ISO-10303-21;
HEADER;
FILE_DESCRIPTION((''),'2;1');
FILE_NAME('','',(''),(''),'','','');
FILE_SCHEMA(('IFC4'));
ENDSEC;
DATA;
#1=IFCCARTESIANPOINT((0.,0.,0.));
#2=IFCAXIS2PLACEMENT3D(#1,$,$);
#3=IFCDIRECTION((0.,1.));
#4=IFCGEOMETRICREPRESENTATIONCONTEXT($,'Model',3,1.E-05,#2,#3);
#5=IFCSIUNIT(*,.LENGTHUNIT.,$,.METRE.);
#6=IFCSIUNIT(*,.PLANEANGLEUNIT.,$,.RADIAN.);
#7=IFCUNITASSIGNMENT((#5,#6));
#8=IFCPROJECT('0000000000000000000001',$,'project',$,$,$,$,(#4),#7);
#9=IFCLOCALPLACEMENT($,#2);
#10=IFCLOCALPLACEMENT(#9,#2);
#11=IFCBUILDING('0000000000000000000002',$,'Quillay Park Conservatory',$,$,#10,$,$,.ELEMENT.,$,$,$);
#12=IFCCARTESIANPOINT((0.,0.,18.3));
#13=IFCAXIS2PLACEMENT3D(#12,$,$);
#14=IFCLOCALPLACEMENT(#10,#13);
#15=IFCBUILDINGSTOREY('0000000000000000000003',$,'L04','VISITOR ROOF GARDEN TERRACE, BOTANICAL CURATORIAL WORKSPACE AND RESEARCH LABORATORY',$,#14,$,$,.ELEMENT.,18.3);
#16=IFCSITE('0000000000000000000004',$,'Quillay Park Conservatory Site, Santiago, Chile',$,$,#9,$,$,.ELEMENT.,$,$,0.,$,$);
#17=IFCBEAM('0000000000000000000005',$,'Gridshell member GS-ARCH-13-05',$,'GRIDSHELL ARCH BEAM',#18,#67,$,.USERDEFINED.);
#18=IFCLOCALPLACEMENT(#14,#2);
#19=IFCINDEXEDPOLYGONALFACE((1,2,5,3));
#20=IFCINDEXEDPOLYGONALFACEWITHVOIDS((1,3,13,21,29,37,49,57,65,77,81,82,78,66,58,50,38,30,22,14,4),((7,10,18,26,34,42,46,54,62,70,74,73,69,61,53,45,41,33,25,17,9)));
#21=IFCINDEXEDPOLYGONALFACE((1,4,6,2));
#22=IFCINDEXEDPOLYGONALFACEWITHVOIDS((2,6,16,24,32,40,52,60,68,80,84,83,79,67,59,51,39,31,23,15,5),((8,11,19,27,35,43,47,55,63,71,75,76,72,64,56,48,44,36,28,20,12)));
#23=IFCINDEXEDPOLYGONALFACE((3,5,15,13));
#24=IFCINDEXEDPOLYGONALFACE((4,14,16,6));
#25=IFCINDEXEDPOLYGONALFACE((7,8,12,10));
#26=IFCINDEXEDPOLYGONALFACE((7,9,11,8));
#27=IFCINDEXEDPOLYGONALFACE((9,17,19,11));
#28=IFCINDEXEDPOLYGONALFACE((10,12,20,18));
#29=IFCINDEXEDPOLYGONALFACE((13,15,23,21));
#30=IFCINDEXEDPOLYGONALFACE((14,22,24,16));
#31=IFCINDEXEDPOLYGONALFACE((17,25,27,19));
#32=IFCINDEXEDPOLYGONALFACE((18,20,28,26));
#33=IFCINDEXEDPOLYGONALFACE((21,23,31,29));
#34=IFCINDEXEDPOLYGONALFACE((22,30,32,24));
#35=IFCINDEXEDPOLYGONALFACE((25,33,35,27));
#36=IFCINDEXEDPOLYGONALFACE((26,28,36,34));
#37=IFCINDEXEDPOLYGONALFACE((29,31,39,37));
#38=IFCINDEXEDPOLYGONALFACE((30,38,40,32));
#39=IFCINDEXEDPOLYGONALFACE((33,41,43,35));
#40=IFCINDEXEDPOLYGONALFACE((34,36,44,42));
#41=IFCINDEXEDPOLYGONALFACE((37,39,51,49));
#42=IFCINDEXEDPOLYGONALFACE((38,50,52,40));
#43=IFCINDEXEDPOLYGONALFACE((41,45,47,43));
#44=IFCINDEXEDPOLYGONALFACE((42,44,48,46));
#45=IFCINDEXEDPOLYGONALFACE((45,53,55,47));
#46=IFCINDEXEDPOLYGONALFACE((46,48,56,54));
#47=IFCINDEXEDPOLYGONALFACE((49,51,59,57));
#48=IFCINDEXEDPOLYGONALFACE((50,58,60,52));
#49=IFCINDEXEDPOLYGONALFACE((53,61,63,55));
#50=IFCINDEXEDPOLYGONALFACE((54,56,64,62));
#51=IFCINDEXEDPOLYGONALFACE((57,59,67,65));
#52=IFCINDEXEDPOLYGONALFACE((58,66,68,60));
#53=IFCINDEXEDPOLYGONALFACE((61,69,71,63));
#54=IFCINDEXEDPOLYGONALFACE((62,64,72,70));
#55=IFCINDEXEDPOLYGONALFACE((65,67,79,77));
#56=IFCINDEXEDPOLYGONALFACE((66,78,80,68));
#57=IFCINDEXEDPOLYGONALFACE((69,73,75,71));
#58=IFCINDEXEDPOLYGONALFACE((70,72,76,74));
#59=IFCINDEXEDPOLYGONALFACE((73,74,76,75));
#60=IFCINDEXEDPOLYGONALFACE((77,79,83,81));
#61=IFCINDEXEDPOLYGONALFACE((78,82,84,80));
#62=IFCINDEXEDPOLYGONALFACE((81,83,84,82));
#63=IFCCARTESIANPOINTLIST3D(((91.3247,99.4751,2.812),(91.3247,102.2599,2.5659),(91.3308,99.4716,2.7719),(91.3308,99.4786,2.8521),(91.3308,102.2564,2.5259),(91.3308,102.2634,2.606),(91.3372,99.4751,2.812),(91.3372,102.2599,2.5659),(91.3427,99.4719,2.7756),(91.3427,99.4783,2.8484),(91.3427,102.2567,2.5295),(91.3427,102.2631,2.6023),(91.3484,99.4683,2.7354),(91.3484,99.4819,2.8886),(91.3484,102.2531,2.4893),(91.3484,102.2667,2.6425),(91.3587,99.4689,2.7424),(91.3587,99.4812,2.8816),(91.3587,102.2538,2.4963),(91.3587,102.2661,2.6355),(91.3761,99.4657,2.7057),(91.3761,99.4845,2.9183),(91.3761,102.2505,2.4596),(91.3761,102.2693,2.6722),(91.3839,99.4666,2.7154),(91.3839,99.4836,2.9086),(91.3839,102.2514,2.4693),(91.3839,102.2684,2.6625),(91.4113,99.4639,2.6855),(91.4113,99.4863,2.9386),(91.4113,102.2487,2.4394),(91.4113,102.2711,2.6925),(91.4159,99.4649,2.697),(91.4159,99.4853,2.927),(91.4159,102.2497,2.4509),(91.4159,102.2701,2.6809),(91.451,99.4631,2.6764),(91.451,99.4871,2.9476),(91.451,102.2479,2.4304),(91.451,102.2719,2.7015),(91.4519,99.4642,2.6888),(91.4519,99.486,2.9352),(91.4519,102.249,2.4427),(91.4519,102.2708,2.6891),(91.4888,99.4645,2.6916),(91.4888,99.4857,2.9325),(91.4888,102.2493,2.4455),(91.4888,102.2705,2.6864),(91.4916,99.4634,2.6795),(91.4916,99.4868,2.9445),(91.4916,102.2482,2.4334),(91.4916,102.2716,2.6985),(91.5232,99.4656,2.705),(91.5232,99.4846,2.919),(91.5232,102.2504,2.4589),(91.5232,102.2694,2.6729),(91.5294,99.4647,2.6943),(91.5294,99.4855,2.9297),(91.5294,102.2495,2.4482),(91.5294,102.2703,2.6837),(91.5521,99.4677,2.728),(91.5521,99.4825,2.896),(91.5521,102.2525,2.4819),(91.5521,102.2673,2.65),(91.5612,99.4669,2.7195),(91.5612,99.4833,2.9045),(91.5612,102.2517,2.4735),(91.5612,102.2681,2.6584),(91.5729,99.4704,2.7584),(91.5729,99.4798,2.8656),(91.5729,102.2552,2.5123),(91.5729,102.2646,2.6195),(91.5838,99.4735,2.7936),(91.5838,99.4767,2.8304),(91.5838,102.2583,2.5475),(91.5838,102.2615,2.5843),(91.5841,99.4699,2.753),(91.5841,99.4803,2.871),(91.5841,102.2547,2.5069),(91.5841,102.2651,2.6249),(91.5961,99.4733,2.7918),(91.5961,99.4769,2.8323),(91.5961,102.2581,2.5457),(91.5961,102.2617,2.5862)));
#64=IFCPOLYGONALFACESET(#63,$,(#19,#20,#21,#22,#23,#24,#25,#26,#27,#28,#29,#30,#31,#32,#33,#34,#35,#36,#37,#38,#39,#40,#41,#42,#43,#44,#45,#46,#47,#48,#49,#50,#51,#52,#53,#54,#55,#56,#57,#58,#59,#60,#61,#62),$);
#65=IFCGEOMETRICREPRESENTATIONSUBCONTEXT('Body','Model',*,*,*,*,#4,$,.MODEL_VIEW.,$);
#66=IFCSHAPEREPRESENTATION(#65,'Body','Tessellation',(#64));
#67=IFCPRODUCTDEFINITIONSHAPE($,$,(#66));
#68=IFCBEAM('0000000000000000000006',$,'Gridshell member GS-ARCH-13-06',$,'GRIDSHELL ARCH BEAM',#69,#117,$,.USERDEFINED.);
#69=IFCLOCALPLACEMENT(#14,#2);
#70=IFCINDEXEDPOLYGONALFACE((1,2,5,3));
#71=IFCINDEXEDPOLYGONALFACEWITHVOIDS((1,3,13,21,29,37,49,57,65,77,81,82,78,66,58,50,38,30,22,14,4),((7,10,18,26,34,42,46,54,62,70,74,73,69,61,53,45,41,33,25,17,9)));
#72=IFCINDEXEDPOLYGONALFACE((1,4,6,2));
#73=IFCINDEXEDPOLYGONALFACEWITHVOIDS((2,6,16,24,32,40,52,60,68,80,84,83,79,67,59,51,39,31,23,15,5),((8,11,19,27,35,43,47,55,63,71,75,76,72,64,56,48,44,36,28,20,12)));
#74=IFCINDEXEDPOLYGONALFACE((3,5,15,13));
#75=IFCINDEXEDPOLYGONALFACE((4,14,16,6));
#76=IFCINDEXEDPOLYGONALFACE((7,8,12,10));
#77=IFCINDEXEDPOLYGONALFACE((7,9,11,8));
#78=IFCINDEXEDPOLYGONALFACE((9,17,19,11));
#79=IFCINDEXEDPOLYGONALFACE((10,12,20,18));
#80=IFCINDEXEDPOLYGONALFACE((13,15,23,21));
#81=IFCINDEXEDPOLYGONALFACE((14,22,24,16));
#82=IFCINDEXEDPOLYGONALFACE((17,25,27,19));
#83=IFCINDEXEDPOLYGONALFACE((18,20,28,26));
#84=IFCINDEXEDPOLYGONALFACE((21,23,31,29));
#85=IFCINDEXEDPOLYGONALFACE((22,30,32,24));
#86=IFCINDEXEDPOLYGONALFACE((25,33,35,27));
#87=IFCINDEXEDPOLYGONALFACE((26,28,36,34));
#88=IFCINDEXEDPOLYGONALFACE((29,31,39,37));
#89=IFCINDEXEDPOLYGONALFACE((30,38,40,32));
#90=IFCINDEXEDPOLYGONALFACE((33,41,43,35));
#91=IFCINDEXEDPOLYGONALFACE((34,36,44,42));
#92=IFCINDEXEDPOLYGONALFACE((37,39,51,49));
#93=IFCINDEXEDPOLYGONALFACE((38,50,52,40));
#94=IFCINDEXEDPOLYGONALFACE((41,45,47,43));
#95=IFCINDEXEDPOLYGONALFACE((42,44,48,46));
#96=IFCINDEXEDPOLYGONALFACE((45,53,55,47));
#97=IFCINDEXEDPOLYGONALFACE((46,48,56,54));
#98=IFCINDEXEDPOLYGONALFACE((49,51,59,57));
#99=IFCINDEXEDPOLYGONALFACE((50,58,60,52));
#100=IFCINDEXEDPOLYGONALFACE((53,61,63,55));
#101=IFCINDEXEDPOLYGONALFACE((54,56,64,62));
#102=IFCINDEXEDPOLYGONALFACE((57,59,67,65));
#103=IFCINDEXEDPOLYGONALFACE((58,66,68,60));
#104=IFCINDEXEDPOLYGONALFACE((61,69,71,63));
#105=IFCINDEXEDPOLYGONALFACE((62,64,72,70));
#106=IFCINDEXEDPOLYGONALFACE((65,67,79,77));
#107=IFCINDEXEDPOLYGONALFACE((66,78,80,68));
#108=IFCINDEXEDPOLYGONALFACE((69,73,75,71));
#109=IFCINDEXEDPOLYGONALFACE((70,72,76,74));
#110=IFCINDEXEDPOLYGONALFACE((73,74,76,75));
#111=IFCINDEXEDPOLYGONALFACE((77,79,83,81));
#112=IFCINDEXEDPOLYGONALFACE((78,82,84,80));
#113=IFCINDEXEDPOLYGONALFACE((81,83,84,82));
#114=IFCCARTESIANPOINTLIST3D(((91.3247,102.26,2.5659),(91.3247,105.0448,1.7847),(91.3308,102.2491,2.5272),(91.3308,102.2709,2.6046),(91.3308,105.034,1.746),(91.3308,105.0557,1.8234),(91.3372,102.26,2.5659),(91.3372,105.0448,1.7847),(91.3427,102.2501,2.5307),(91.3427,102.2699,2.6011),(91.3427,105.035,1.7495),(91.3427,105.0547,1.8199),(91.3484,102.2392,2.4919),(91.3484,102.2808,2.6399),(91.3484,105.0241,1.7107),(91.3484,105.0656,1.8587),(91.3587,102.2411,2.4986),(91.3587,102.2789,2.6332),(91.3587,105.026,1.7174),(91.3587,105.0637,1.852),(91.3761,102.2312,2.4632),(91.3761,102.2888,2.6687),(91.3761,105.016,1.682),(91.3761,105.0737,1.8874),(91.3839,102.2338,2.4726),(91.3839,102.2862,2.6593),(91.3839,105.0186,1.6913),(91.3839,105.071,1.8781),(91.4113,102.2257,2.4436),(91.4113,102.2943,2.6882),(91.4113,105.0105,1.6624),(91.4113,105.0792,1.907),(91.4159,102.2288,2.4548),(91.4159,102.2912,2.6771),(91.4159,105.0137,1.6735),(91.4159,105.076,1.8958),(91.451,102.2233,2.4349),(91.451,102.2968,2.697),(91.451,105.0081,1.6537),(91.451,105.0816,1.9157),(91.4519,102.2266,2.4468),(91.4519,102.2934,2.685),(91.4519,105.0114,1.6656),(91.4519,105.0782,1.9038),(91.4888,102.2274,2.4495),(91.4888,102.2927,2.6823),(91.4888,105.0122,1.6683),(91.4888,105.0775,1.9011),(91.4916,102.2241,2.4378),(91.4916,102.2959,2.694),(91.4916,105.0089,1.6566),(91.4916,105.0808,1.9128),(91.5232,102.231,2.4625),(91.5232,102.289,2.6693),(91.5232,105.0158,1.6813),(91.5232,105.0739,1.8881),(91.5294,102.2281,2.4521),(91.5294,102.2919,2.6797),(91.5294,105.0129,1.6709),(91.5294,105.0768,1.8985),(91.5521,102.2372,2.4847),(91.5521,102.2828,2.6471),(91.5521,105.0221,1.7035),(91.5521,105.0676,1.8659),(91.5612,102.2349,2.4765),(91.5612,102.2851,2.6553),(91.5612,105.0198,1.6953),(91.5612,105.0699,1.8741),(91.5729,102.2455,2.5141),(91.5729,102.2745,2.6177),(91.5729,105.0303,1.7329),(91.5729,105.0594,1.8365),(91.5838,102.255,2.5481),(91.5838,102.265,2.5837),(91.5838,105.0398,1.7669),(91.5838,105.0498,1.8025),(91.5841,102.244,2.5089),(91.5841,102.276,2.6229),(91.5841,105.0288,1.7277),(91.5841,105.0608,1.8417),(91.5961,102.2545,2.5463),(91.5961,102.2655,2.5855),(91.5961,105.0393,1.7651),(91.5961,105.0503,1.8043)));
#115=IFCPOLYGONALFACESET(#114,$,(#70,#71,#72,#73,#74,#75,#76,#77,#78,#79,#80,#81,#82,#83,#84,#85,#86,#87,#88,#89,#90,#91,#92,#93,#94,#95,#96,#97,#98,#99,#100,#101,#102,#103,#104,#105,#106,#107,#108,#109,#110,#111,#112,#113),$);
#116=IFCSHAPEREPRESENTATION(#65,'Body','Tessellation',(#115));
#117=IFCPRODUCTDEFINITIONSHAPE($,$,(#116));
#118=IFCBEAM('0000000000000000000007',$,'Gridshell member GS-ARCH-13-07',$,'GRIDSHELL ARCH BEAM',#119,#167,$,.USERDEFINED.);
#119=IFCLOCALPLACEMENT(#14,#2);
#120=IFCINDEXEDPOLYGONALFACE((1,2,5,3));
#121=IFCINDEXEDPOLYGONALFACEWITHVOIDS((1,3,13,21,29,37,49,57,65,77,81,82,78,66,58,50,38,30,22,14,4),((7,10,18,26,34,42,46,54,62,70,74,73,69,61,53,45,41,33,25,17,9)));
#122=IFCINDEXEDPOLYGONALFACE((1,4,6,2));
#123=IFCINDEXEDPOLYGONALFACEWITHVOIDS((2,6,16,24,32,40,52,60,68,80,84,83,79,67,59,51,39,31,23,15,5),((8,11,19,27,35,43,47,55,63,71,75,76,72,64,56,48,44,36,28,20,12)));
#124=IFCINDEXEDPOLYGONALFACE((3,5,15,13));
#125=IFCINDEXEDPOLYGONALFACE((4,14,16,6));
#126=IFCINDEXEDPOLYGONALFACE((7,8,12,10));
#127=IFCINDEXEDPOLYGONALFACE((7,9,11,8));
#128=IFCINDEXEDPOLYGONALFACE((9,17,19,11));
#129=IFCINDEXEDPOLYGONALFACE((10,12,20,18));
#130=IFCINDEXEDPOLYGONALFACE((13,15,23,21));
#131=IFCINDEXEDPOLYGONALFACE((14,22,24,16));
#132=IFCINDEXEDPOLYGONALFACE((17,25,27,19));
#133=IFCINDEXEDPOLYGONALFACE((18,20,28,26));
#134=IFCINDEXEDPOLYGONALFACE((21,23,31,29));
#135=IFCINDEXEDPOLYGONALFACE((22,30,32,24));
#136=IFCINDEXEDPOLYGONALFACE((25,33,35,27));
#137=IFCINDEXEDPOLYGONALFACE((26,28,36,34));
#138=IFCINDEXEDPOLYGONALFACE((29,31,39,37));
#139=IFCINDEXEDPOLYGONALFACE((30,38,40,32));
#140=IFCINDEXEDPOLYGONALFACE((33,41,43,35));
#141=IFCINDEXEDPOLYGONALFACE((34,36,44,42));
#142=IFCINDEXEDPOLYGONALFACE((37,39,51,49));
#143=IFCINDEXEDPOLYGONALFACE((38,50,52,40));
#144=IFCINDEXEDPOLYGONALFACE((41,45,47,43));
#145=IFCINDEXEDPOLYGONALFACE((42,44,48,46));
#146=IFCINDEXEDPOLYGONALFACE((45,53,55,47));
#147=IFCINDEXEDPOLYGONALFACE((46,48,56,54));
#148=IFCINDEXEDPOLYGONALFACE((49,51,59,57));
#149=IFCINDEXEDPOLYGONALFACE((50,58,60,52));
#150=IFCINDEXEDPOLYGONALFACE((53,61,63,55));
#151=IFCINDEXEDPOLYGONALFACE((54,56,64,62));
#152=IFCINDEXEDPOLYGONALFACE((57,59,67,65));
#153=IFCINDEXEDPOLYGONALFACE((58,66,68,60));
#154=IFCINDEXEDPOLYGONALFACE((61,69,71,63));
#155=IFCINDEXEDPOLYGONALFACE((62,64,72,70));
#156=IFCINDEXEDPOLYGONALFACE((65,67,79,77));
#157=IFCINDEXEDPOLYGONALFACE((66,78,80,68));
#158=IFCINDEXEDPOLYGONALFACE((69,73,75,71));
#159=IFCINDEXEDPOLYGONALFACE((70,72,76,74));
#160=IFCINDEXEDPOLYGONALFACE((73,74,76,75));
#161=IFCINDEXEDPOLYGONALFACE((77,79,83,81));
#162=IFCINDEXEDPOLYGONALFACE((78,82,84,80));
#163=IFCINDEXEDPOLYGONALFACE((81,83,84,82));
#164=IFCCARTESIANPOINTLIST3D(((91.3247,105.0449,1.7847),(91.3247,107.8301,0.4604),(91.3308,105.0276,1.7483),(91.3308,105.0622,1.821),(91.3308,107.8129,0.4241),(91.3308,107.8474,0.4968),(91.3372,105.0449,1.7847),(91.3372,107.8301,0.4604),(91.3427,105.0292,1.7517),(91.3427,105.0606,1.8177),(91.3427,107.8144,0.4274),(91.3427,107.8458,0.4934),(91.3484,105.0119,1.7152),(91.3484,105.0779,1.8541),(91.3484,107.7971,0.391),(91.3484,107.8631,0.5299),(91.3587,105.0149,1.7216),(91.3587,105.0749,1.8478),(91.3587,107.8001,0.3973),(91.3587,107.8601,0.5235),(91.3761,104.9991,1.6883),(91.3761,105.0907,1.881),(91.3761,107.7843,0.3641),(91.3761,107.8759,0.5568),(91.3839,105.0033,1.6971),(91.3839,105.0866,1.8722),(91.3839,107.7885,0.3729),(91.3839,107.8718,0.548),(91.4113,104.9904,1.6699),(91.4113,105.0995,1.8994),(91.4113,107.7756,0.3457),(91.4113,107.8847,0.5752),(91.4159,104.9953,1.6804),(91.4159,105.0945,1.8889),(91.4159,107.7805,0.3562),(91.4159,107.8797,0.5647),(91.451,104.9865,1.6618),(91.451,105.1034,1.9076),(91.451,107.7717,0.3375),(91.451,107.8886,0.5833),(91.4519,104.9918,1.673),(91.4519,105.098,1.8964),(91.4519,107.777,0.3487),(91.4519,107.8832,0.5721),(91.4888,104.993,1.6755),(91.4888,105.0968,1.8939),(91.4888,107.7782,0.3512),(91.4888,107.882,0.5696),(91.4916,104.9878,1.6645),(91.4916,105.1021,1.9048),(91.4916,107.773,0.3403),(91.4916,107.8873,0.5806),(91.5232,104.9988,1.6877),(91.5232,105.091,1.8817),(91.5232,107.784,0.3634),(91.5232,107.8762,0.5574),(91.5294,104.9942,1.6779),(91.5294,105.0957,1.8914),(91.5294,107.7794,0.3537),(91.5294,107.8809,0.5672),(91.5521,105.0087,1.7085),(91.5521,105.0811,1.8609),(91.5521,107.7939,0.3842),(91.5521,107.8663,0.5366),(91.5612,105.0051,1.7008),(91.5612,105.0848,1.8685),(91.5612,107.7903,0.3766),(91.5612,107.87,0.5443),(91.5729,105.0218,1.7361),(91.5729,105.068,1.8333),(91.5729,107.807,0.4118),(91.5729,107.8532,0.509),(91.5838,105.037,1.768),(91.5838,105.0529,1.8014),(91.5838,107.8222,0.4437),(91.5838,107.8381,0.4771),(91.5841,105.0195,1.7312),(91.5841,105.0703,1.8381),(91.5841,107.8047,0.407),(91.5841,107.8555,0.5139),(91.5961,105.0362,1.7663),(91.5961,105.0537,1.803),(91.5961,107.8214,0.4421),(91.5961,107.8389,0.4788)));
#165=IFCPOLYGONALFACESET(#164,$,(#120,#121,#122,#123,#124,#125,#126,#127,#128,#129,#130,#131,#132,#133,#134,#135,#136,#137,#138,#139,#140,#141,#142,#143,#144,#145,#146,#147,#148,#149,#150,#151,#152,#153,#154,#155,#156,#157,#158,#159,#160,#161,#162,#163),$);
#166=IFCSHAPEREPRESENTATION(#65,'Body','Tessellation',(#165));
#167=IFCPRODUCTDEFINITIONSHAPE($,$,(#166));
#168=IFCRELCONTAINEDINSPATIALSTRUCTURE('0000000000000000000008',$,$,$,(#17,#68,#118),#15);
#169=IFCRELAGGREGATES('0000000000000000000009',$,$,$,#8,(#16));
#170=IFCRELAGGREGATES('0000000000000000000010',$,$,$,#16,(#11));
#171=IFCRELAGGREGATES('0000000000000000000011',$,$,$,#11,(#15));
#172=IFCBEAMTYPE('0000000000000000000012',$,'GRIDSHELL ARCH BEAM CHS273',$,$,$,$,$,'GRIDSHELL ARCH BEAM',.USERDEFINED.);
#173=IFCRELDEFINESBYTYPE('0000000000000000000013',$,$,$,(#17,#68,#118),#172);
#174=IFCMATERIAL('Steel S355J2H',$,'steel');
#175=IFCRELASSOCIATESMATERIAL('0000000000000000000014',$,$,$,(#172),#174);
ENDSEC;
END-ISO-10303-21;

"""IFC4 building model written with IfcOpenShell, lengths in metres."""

from ifc_helpers import new_model, si_unit, direction, frame, origin, origin_2d, place, context, subcontext, project, spatial, hollow_circle, extrude, material, material_profile, profile_set, type_object, element, save


model = new_model("IFC4")

# Units and contexts
model_context = context("Model", 3, precision=1e-05, world=origin(), true_north=direction((0.0, 1.0)))
body_context = subcontext(model_context, "Body", "Model", "MODEL_VIEW")
ifc_project = project(units=[si_unit("LENGTHUNIT", "METRE"), si_unit("PLANEANGLEUNIT", "RADIAN")], contexts=[model_context])

# Site, building, storey
site_placement = place(None, origin())
site = spatial("IfcSite", under=ifc_project, at=site_placement, Name="Quillay Park Conservatory Site, Santiago, Chile", CompositionType="ELEMENT", RefElevation=0.0)
building_placement = place(site_placement, origin())
building = spatial("IfcBuilding", under=site, at=building_placement, Name="Quillay Park Conservatory", CompositionType="ELEMENT")
storey_placement = place(building_placement, frame((0.0, 0.0, 18.3)))
storey = spatial("IfcBuildingStorey", under=building, at=storey_placement, Name="L04", Description="VISITOR ROOF GARDEN TERRACE, BOTANICAL CURATORIAL WORKSPACE AND RESEARCH LABORATORY", CompositionType="ELEMENT", Elevation=18.3)

# Beams
ifc_material_1 = material(Name="Steel S355J2H", Category="steel")
ifc_material_profile_1 = material_profile(ifc_material_1, hollow_circle(Radius=0.1365, WallThickness=0.0125, at=origin_2d()), Name="CHS273x12.5")
ifc_profile_set_1 = profile_set([ifc_material_profile_1], Name="Steel S355J2H")
beam_type = type_object("IfcBeamType", Name="GRIDSHELL ARCH BEAM CHS273", ElementType="GRIDSHELL ARCH BEAM", PredefinedType="USERDEFINED", material=ifc_profile_set_1)
beam_1_placement = place(storey_placement, frame((91.4612, 99.4751, 2.812), z_axis=(0.0, 0.996118, -0.088024), x_axis=(-1.0, 0.0, 0.0)))
element("IfcBeam", 1, at=beam_1_placement, inside=storey, type_object=beam_type, Name="Gridshell member GS-ARCH-13-05", ObjectType="GRIDSHELL ARCH BEAM", PredefinedType="USERDEFINED", context=body_context, shape_type="SweptSolid", body=[
    extrude(hollow_circle(Radius=0.1365, WallThickness=0.0125, at=origin_2d()), origin(), (0.0, 0.0, 1.0), 2.7957),
])
beam_2_placement = place(storey_placement, frame((91.4612, 102.26, 2.5659), z_axis=(0.0, 0.962832, -0.270103), x_axis=(-1.0, 0.0, 0.0)))
element("IfcBeam", 2, at=beam_2_placement, inside=storey, type_object=beam_type, Name="Gridshell member GS-ARCH-13-06", ObjectType="GRIDSHELL ARCH BEAM", PredefinedType="USERDEFINED", context=body_context, shape_type="SweptSolid", body=[
    extrude(hollow_circle(Radius=0.1365, WallThickness=0.0125, at=origin_2d()), origin(), (0.0, 0.0, 1.0), 2.8923),
])
beam_3_placement = place(storey_placement, frame((91.4612, 105.0449, 1.7847), z_axis=(0.0, 0.903118, -0.429393), x_axis=(-1.0, 0.0, 0.0)))
element("IfcBeam", 3, at=beam_3_placement, inside=storey, type_object=beam_type, Name="Gridshell member GS-ARCH-13-07", ObjectType="GRIDSHELL ARCH BEAM", PredefinedType="USERDEFINED", context=body_context, shape_type="SweptSolid", body=[
    extrude(hollow_circle(Radius=0.1365, WallThickness=0.0125, at=origin_2d()), origin(), (0.0, 0.0, 1.0), 3.084),
])

save(model, "model.ifc")
